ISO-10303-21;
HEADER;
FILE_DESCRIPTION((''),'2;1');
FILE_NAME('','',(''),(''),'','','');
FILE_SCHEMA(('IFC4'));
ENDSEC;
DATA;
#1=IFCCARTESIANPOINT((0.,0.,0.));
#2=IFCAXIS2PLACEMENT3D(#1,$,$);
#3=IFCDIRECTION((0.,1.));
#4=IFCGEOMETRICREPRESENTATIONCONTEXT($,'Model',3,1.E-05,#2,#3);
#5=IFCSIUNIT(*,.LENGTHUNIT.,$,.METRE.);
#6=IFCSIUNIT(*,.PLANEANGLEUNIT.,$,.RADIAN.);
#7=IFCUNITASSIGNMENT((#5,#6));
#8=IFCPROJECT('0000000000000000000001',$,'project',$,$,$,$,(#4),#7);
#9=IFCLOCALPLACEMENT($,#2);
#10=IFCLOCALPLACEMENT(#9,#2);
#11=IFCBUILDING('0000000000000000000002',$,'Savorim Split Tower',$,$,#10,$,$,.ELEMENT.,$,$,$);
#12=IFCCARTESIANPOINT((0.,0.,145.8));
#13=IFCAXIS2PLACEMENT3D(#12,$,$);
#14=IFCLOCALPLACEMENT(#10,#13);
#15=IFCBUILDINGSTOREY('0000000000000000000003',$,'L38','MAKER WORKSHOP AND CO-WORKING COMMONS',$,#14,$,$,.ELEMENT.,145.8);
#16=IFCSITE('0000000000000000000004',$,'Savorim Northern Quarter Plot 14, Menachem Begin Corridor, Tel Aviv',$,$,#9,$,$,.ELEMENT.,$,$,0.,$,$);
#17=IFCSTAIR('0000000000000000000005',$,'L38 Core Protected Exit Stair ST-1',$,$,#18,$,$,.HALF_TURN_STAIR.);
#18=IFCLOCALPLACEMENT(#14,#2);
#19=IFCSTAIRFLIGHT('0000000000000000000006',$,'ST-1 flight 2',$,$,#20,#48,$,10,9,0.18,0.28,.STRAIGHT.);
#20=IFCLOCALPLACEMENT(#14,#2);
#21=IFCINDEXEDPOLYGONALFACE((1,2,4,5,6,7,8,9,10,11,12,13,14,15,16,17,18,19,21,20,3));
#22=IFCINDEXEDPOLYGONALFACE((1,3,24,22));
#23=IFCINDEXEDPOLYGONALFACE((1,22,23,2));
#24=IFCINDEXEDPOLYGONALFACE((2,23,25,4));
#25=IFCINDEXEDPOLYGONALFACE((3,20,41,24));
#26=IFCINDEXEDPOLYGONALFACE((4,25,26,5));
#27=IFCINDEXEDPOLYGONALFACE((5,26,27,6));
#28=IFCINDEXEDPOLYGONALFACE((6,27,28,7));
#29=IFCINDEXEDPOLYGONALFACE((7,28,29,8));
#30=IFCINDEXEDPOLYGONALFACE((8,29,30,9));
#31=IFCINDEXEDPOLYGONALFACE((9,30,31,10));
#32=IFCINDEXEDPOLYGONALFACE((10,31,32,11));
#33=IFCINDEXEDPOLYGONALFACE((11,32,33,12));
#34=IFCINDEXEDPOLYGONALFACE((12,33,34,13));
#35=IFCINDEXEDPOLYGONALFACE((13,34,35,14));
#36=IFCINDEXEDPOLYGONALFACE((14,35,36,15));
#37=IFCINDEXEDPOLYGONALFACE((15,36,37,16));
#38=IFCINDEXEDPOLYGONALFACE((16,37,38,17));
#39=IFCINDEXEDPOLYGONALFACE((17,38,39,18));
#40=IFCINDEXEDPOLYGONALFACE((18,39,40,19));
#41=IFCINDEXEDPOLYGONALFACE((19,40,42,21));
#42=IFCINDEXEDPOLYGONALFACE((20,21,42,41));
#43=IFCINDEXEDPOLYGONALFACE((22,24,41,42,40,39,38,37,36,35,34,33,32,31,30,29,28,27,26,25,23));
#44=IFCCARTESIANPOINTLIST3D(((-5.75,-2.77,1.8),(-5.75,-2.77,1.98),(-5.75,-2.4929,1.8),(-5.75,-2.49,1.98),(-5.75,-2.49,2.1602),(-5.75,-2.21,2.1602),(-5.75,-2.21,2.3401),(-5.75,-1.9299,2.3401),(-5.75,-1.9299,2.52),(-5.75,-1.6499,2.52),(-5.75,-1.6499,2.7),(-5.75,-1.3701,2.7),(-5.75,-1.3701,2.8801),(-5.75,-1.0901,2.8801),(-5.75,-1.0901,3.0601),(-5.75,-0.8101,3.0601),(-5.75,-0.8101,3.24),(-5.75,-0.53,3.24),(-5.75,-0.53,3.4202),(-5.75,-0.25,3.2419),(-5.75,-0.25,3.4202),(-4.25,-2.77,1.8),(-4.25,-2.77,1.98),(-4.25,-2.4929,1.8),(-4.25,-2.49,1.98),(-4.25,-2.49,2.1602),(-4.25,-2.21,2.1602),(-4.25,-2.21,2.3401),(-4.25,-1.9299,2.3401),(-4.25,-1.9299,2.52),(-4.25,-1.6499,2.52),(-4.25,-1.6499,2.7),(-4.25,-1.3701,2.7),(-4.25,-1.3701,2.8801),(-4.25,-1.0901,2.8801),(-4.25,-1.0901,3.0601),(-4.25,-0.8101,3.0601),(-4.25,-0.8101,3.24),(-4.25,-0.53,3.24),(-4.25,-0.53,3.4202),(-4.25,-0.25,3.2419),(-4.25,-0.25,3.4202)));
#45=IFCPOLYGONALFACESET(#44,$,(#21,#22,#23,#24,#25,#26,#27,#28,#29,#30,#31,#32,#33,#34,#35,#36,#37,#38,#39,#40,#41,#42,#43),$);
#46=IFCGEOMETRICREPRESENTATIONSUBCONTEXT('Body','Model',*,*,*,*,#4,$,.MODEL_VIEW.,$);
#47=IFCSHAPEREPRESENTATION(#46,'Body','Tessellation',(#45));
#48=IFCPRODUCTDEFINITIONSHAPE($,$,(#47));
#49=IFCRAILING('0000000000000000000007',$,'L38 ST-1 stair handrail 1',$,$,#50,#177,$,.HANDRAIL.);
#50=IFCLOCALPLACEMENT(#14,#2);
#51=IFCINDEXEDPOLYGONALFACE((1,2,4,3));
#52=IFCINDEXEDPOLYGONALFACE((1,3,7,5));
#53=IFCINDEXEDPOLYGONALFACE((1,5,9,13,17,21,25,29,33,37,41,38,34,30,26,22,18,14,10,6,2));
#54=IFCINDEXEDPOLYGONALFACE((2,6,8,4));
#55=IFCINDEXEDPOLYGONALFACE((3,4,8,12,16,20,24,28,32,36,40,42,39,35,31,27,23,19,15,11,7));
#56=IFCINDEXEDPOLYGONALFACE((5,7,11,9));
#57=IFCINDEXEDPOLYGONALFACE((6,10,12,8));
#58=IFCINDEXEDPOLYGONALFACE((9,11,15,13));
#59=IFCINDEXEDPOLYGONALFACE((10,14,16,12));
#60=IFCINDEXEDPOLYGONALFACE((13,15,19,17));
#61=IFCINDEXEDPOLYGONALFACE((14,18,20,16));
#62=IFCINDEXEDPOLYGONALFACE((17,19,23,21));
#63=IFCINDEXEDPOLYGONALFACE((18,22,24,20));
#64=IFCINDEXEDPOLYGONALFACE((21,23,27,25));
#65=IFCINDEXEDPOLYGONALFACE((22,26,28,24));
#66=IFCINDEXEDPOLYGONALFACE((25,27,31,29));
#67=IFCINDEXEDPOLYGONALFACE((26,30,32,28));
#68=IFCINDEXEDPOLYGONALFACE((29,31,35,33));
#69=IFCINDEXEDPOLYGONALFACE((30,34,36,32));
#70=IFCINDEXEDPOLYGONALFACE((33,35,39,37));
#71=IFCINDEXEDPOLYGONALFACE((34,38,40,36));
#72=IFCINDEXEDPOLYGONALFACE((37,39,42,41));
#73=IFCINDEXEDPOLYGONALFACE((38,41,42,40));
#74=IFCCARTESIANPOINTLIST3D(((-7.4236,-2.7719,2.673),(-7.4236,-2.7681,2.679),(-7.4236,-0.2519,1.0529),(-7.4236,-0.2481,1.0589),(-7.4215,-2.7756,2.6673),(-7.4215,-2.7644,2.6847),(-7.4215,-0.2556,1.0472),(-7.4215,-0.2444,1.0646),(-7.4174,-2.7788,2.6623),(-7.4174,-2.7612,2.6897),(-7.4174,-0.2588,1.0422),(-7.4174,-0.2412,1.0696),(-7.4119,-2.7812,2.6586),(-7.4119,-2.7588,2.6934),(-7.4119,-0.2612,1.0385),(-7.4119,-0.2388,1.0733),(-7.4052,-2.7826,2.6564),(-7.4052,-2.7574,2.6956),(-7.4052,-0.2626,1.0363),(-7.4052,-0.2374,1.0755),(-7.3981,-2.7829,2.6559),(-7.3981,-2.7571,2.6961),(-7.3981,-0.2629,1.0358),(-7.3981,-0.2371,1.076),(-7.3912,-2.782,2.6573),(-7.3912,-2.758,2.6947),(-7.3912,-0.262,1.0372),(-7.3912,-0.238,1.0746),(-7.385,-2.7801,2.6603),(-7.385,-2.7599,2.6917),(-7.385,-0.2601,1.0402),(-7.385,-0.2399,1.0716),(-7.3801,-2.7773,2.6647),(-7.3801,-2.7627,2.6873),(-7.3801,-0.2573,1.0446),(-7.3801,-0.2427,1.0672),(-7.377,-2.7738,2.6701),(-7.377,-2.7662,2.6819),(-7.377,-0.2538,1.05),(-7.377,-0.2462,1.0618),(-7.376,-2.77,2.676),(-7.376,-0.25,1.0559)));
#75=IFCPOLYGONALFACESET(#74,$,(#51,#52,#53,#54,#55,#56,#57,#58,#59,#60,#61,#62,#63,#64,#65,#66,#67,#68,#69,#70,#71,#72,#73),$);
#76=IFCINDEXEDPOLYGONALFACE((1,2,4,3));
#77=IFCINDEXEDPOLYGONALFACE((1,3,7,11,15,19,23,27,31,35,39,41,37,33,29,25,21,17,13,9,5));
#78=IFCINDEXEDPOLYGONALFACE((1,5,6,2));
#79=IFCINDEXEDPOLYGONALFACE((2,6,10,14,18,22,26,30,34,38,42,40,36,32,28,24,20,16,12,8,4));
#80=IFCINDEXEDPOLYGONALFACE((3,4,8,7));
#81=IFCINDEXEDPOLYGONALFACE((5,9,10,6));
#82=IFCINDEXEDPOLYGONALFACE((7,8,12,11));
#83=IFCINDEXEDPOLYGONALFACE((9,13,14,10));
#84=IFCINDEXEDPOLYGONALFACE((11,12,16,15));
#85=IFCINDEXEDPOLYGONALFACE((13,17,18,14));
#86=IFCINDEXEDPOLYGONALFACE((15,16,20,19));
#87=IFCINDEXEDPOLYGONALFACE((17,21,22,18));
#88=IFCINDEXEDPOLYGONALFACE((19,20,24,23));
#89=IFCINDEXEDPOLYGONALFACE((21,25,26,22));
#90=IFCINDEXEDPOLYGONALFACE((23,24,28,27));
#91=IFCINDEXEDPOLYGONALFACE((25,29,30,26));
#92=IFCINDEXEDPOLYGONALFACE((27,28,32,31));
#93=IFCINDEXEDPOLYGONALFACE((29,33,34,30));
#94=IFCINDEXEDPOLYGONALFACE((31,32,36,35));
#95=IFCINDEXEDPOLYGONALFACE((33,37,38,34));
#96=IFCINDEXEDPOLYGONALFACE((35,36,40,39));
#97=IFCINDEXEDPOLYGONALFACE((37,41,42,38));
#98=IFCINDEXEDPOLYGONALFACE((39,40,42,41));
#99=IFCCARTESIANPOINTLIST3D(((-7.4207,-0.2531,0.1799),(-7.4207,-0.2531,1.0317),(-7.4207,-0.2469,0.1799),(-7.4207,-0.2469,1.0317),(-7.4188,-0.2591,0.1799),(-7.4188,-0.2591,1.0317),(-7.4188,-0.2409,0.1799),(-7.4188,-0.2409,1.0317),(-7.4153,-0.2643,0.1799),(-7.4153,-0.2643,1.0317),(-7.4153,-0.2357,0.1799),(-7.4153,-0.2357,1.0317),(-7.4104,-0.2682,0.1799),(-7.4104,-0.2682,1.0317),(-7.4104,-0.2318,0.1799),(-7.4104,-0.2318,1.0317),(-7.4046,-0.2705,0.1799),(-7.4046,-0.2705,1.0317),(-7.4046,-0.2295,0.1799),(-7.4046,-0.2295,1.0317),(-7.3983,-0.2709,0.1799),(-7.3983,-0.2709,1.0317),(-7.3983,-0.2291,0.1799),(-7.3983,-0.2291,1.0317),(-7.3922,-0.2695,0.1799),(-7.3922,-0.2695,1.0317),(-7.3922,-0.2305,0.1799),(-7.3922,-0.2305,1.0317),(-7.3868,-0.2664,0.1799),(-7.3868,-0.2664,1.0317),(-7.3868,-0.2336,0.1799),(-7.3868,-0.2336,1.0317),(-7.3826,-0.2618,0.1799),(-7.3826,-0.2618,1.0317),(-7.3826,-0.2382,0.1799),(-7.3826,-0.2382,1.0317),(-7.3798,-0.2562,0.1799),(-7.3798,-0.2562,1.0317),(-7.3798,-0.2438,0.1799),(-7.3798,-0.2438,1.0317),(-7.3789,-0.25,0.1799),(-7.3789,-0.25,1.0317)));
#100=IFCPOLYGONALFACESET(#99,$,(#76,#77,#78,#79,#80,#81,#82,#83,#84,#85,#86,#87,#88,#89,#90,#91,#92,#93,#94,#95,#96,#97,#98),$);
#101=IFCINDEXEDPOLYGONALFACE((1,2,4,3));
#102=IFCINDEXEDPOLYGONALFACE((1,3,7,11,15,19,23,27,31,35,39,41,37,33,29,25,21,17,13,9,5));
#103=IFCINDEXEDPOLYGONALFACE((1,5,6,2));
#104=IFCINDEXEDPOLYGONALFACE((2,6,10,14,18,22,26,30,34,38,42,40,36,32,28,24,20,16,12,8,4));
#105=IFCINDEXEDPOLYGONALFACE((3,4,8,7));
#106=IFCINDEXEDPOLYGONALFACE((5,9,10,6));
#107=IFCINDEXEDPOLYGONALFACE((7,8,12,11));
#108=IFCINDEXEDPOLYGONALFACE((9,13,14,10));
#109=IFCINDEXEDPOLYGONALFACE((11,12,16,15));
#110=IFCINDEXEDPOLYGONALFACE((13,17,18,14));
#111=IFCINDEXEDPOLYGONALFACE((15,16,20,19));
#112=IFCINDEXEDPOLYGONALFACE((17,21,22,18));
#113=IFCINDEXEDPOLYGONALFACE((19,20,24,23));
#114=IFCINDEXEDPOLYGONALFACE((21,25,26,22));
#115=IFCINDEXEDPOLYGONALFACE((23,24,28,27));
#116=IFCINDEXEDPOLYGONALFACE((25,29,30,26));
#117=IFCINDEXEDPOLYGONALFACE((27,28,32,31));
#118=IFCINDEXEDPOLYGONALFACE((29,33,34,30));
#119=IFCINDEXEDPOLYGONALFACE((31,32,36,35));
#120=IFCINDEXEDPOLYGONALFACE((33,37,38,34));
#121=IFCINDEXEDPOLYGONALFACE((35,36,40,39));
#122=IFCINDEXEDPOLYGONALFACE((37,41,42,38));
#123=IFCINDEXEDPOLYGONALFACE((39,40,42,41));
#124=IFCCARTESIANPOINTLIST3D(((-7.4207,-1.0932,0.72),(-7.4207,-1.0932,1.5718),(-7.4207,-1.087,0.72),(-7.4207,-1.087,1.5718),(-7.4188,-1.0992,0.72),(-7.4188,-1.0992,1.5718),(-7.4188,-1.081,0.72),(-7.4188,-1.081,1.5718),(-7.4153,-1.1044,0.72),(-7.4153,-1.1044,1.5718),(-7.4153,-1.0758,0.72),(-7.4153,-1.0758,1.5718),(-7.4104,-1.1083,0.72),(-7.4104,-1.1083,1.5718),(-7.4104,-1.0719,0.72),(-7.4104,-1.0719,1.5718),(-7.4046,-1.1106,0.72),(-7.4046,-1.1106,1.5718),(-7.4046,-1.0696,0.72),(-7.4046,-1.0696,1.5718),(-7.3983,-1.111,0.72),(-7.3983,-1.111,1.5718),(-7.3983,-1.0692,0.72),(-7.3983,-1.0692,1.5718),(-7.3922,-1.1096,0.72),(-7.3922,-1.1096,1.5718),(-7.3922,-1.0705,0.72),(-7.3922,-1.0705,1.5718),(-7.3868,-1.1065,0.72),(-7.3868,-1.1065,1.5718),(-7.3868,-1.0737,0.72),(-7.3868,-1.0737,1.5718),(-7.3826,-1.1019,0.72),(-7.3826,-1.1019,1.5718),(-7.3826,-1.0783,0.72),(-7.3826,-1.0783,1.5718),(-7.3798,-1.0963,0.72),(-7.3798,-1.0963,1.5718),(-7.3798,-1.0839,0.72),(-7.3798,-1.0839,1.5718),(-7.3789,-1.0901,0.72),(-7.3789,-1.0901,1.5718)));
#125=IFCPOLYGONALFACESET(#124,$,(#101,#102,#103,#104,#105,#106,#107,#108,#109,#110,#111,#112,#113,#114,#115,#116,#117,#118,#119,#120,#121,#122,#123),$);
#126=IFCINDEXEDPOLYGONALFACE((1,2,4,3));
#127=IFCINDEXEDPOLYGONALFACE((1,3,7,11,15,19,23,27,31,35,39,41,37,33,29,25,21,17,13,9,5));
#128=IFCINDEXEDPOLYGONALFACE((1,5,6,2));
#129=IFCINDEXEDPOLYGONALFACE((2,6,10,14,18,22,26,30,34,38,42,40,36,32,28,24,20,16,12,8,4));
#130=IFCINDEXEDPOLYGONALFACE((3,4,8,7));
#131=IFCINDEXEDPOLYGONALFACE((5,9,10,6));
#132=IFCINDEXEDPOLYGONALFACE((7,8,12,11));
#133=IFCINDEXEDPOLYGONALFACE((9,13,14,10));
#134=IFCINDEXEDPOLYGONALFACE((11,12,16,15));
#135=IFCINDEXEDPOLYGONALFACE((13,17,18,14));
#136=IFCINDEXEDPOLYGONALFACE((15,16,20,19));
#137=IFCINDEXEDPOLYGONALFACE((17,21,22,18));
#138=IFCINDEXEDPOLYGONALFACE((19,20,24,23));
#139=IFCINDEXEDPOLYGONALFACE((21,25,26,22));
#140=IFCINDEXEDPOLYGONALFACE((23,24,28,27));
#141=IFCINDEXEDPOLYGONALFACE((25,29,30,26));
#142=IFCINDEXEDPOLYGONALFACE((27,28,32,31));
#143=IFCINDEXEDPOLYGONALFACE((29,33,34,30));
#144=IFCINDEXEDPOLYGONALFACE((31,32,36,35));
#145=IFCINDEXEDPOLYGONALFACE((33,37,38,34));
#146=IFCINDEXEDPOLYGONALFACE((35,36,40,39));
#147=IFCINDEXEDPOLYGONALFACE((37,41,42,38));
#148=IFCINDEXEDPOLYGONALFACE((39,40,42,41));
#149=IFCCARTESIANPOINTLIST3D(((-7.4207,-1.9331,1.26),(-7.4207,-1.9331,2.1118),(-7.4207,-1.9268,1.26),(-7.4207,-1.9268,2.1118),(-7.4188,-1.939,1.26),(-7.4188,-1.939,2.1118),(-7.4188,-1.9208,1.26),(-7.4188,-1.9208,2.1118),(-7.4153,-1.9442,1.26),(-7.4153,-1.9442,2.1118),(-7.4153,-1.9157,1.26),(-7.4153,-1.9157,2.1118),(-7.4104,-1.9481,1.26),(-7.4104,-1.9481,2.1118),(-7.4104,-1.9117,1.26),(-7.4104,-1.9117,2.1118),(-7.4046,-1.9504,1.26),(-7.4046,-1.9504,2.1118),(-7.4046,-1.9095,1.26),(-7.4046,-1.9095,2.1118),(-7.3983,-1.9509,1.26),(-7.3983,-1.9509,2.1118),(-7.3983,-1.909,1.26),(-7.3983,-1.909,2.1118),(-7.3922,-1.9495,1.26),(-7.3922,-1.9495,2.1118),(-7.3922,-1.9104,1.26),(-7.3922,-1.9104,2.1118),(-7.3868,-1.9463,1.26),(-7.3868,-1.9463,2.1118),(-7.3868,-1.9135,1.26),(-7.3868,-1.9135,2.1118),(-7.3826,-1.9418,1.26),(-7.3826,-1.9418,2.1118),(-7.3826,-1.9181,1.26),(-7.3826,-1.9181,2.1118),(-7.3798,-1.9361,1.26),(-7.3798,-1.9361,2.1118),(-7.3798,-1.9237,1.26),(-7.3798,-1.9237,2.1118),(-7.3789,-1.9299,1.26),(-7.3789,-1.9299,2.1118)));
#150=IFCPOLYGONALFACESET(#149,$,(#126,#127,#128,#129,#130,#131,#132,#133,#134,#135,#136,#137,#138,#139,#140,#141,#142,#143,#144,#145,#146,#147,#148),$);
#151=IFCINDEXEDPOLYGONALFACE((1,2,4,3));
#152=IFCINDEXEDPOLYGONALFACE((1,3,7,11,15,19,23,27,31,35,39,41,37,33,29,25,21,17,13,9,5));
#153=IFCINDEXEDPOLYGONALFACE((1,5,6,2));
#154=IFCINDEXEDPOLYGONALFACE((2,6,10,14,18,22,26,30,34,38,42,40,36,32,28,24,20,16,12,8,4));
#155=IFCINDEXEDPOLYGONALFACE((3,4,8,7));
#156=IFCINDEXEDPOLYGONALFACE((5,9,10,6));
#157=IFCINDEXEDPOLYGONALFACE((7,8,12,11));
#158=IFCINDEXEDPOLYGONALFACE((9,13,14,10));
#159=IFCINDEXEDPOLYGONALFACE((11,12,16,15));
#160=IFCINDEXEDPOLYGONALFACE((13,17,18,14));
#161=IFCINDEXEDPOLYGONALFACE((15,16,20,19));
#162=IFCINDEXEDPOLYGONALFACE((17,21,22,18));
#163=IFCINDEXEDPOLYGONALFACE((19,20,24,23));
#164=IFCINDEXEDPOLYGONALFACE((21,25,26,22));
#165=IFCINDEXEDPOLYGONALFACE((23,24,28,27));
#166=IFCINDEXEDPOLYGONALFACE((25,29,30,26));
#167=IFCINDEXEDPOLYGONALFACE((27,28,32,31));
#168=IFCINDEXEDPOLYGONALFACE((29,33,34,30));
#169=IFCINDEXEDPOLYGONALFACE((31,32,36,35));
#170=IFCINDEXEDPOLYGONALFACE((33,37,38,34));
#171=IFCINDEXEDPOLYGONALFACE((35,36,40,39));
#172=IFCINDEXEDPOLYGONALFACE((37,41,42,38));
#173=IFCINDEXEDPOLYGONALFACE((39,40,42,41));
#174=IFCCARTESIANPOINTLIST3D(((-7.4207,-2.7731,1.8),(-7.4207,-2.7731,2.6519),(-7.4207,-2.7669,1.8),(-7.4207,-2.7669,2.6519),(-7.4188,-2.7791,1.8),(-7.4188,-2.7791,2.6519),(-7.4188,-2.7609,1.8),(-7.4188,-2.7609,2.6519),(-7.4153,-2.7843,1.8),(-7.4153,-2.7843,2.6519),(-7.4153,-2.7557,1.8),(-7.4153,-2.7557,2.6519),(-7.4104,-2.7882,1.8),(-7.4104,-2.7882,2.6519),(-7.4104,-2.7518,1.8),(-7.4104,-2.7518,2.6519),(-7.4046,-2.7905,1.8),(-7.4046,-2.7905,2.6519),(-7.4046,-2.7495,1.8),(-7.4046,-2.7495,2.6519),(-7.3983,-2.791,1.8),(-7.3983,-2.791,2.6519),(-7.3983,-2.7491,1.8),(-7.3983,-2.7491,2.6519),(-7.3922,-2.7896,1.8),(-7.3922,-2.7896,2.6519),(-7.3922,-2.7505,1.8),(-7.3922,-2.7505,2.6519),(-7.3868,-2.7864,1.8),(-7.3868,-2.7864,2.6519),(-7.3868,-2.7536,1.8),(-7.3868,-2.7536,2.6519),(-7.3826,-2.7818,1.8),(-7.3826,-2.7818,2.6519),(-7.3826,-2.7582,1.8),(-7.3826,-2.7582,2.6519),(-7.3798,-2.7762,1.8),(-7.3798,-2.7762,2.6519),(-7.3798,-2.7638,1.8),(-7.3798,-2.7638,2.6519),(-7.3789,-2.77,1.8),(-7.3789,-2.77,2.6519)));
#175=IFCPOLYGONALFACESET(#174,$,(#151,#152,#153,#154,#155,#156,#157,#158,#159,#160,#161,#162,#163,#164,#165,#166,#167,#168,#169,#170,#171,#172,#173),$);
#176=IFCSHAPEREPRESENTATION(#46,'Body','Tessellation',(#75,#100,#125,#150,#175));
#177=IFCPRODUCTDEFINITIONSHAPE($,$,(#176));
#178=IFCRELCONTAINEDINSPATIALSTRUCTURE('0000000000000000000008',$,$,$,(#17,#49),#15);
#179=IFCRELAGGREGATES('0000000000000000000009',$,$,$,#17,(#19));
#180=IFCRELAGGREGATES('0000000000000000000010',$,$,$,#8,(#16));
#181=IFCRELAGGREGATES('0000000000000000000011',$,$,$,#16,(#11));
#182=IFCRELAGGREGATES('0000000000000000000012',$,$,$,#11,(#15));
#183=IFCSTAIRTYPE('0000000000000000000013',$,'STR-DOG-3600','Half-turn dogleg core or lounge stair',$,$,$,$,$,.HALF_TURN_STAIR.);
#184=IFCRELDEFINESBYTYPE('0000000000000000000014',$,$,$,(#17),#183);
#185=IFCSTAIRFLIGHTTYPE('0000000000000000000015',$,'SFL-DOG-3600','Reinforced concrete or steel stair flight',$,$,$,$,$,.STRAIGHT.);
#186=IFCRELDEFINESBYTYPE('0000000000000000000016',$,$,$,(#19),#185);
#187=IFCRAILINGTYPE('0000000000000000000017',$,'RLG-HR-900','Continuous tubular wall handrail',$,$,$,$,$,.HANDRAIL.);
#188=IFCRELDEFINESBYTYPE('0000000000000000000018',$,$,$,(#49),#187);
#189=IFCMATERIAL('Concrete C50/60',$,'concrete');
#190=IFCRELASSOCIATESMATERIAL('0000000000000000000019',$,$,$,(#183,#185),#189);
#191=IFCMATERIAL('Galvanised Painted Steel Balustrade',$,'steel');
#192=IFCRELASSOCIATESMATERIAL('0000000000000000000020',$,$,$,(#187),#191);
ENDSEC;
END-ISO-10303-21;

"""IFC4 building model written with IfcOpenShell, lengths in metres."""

from ifc_helpers import new_model, si_unit, direction, frame, origin, origin_2d, place, context, subcontext, project, spatial, polyline, circle, outline, extrude, material, type_object, element, aggregate, save


model = new_model("IFC4")

# Units and contexts
model_context = context("Model", 3, precision=1e-05, world=origin(), true_north=direction((0.0, 1.0)))
body_context = subcontext(model_context, "Body", "Model", "MODEL_VIEW")
ifc_project = project(units=[si_unit("LENGTHUNIT", "METRE"), si_unit("PLANEANGLEUNIT", "RADIAN")], contexts=[model_context])

# Site, building, storey
site_placement = place(None, origin())
site = spatial("IfcSite", under=ifc_project, at=site_placement, Name="Savorim Northern Quarter Plot 14, Menachem Begin Corridor, Tel Aviv", CompositionType="ELEMENT", RefElevation=0.0)
building_placement = place(site_placement, origin())
building = spatial("IfcBuilding", under=site, at=building_placement, Name="Savorim Split Tower", CompositionType="ELEMENT")
storey_placement = place(building_placement, frame((0.0, 0.0, 145.8)))
storey = spatial("IfcBuildingStorey", under=building, at=storey_placement, Name="L38", Description="MAKER WORKSHOP AND CO-WORKING COMMONS", CompositionType="ELEMENT", Elevation=145.8)

# Shared definitions
ifc_material_1 = material(Name="Concrete C50/60", Category="concrete")

# Stair, stair flight
stair_type = type_object("IfcStairType", Name="STR-DOG-3600", Description="Half-turn dogleg core or lounge stair", PredefinedType="HALF_TURN_STAIR", material=ifc_material_1)
stair_placement = place(storey_placement, origin())
stair = element("IfcStair", 1, at=stair_placement, inside=storey, type_object=stair_type, Name="L38 Core Protected Exit Stair ST-1", PredefinedType="HALF_TURN_STAIR")
stair_flight_type = type_object("IfcStairFlightType", Name="SFL-DOG-3600", Description="Reinforced concrete or steel stair flight", PredefinedType="STRAIGHT", material=ifc_material_1)
stair_flight_1_placement = place(storey_placement, frame((-5.0, -2.77, 1.8), z_axis=(0.0, 0.0, 1.0), x_axis=(0.0, 1.0, 0.0)))
stair_flight_1 = element("IfcStairFlight", 2, at=stair_flight_1_placement, type_object=stair_flight_type, Name="ST-1 flight 2", NumberOfRisers=10, NumberOfTreads=9, PredefinedType="STRAIGHT", RiserHeight=0.18, TreadLength=0.28, context=body_context, shape_type="SweptSolid", body=[
    extrude(outline(polyline([(0.0, 0.0), (0.0, 0.1799), (0.28, 0.1799), (0.28, 0.3601), (0.5601, 0.3601), (0.5601, 0.54), (0.8401, 0.54), (0.8401, 0.72), (1.1201, 0.72), (1.1201, 0.8999), (1.3999, 0.8999), (1.3999, 1.0801), (1.6799, 1.0801), (1.6799, 1.26), (1.96, 1.26), (1.96, 1.4399), (2.24, 1.4399), (2.24, 1.6201), (2.52, 1.6201), (2.52, 1.8), (2.52, 1.4419), (0.2771, 0.0), (0.0, 0.0)])), frame((0.0, 0.75, 0.0), z_axis=(0.0, -1.0, 0.0), x_axis=(1.0, 0.0, 0.0)), (0.0, 0.0, 1.0), 1.5),
])
aggregate(stair, [stair_flight_1])

# Railing
ifc_material_2 = material(Name="Galvanised Painted Steel Balustrade", Category="steel")
railing_type_1 = type_object("IfcRailingType", Name="RLG-HR-900", Description="Continuous tubular wall handrail", PredefinedType="HANDRAIL", material=ifc_material_2)
railing_1_placement = place(storey_placement, frame((-7.3999, -0.25, 0.1799)))
element("IfcRailing", 3, at=railing_1_placement, inside=storey, type_object=railing_type_1, Name="L38 ST-1 stair handrail 1", PredefinedType="HANDRAIL", context=body_context, shape_type="SweptSolid", body=[
    extrude(circle(Radius=0.0239, at=origin_2d()), frame((0.0, 0.0, 0.876), z_axis=(0.0, -0.841163, 0.540782), x_axis=(1.0, 0.0, 0.0)), (0.0, 0.0, 1.0), 2.9958),
    extrude(circle(Radius=0.021, at=origin_2d()), origin(), (0.0, 0.0, 1.0), 0.8518),
    extrude(circle(Radius=0.021, at=origin_2d()), frame((0.0, -0.8401, 0.54)), (0.0, 0.0, 1.0), 0.8518),
    extrude(circle(Radius=0.021, at=origin_2d()), frame((0.0, -1.6799, 1.0801)), (0.0, 0.0, 1.0), 0.8518),
    extrude(circle(Radius=0.021, at=origin_2d()), frame((0.0, -2.52, 1.6201)), (0.0, 0.0, 1.0), 0.8518),
])

save(model, "model.ifc")
